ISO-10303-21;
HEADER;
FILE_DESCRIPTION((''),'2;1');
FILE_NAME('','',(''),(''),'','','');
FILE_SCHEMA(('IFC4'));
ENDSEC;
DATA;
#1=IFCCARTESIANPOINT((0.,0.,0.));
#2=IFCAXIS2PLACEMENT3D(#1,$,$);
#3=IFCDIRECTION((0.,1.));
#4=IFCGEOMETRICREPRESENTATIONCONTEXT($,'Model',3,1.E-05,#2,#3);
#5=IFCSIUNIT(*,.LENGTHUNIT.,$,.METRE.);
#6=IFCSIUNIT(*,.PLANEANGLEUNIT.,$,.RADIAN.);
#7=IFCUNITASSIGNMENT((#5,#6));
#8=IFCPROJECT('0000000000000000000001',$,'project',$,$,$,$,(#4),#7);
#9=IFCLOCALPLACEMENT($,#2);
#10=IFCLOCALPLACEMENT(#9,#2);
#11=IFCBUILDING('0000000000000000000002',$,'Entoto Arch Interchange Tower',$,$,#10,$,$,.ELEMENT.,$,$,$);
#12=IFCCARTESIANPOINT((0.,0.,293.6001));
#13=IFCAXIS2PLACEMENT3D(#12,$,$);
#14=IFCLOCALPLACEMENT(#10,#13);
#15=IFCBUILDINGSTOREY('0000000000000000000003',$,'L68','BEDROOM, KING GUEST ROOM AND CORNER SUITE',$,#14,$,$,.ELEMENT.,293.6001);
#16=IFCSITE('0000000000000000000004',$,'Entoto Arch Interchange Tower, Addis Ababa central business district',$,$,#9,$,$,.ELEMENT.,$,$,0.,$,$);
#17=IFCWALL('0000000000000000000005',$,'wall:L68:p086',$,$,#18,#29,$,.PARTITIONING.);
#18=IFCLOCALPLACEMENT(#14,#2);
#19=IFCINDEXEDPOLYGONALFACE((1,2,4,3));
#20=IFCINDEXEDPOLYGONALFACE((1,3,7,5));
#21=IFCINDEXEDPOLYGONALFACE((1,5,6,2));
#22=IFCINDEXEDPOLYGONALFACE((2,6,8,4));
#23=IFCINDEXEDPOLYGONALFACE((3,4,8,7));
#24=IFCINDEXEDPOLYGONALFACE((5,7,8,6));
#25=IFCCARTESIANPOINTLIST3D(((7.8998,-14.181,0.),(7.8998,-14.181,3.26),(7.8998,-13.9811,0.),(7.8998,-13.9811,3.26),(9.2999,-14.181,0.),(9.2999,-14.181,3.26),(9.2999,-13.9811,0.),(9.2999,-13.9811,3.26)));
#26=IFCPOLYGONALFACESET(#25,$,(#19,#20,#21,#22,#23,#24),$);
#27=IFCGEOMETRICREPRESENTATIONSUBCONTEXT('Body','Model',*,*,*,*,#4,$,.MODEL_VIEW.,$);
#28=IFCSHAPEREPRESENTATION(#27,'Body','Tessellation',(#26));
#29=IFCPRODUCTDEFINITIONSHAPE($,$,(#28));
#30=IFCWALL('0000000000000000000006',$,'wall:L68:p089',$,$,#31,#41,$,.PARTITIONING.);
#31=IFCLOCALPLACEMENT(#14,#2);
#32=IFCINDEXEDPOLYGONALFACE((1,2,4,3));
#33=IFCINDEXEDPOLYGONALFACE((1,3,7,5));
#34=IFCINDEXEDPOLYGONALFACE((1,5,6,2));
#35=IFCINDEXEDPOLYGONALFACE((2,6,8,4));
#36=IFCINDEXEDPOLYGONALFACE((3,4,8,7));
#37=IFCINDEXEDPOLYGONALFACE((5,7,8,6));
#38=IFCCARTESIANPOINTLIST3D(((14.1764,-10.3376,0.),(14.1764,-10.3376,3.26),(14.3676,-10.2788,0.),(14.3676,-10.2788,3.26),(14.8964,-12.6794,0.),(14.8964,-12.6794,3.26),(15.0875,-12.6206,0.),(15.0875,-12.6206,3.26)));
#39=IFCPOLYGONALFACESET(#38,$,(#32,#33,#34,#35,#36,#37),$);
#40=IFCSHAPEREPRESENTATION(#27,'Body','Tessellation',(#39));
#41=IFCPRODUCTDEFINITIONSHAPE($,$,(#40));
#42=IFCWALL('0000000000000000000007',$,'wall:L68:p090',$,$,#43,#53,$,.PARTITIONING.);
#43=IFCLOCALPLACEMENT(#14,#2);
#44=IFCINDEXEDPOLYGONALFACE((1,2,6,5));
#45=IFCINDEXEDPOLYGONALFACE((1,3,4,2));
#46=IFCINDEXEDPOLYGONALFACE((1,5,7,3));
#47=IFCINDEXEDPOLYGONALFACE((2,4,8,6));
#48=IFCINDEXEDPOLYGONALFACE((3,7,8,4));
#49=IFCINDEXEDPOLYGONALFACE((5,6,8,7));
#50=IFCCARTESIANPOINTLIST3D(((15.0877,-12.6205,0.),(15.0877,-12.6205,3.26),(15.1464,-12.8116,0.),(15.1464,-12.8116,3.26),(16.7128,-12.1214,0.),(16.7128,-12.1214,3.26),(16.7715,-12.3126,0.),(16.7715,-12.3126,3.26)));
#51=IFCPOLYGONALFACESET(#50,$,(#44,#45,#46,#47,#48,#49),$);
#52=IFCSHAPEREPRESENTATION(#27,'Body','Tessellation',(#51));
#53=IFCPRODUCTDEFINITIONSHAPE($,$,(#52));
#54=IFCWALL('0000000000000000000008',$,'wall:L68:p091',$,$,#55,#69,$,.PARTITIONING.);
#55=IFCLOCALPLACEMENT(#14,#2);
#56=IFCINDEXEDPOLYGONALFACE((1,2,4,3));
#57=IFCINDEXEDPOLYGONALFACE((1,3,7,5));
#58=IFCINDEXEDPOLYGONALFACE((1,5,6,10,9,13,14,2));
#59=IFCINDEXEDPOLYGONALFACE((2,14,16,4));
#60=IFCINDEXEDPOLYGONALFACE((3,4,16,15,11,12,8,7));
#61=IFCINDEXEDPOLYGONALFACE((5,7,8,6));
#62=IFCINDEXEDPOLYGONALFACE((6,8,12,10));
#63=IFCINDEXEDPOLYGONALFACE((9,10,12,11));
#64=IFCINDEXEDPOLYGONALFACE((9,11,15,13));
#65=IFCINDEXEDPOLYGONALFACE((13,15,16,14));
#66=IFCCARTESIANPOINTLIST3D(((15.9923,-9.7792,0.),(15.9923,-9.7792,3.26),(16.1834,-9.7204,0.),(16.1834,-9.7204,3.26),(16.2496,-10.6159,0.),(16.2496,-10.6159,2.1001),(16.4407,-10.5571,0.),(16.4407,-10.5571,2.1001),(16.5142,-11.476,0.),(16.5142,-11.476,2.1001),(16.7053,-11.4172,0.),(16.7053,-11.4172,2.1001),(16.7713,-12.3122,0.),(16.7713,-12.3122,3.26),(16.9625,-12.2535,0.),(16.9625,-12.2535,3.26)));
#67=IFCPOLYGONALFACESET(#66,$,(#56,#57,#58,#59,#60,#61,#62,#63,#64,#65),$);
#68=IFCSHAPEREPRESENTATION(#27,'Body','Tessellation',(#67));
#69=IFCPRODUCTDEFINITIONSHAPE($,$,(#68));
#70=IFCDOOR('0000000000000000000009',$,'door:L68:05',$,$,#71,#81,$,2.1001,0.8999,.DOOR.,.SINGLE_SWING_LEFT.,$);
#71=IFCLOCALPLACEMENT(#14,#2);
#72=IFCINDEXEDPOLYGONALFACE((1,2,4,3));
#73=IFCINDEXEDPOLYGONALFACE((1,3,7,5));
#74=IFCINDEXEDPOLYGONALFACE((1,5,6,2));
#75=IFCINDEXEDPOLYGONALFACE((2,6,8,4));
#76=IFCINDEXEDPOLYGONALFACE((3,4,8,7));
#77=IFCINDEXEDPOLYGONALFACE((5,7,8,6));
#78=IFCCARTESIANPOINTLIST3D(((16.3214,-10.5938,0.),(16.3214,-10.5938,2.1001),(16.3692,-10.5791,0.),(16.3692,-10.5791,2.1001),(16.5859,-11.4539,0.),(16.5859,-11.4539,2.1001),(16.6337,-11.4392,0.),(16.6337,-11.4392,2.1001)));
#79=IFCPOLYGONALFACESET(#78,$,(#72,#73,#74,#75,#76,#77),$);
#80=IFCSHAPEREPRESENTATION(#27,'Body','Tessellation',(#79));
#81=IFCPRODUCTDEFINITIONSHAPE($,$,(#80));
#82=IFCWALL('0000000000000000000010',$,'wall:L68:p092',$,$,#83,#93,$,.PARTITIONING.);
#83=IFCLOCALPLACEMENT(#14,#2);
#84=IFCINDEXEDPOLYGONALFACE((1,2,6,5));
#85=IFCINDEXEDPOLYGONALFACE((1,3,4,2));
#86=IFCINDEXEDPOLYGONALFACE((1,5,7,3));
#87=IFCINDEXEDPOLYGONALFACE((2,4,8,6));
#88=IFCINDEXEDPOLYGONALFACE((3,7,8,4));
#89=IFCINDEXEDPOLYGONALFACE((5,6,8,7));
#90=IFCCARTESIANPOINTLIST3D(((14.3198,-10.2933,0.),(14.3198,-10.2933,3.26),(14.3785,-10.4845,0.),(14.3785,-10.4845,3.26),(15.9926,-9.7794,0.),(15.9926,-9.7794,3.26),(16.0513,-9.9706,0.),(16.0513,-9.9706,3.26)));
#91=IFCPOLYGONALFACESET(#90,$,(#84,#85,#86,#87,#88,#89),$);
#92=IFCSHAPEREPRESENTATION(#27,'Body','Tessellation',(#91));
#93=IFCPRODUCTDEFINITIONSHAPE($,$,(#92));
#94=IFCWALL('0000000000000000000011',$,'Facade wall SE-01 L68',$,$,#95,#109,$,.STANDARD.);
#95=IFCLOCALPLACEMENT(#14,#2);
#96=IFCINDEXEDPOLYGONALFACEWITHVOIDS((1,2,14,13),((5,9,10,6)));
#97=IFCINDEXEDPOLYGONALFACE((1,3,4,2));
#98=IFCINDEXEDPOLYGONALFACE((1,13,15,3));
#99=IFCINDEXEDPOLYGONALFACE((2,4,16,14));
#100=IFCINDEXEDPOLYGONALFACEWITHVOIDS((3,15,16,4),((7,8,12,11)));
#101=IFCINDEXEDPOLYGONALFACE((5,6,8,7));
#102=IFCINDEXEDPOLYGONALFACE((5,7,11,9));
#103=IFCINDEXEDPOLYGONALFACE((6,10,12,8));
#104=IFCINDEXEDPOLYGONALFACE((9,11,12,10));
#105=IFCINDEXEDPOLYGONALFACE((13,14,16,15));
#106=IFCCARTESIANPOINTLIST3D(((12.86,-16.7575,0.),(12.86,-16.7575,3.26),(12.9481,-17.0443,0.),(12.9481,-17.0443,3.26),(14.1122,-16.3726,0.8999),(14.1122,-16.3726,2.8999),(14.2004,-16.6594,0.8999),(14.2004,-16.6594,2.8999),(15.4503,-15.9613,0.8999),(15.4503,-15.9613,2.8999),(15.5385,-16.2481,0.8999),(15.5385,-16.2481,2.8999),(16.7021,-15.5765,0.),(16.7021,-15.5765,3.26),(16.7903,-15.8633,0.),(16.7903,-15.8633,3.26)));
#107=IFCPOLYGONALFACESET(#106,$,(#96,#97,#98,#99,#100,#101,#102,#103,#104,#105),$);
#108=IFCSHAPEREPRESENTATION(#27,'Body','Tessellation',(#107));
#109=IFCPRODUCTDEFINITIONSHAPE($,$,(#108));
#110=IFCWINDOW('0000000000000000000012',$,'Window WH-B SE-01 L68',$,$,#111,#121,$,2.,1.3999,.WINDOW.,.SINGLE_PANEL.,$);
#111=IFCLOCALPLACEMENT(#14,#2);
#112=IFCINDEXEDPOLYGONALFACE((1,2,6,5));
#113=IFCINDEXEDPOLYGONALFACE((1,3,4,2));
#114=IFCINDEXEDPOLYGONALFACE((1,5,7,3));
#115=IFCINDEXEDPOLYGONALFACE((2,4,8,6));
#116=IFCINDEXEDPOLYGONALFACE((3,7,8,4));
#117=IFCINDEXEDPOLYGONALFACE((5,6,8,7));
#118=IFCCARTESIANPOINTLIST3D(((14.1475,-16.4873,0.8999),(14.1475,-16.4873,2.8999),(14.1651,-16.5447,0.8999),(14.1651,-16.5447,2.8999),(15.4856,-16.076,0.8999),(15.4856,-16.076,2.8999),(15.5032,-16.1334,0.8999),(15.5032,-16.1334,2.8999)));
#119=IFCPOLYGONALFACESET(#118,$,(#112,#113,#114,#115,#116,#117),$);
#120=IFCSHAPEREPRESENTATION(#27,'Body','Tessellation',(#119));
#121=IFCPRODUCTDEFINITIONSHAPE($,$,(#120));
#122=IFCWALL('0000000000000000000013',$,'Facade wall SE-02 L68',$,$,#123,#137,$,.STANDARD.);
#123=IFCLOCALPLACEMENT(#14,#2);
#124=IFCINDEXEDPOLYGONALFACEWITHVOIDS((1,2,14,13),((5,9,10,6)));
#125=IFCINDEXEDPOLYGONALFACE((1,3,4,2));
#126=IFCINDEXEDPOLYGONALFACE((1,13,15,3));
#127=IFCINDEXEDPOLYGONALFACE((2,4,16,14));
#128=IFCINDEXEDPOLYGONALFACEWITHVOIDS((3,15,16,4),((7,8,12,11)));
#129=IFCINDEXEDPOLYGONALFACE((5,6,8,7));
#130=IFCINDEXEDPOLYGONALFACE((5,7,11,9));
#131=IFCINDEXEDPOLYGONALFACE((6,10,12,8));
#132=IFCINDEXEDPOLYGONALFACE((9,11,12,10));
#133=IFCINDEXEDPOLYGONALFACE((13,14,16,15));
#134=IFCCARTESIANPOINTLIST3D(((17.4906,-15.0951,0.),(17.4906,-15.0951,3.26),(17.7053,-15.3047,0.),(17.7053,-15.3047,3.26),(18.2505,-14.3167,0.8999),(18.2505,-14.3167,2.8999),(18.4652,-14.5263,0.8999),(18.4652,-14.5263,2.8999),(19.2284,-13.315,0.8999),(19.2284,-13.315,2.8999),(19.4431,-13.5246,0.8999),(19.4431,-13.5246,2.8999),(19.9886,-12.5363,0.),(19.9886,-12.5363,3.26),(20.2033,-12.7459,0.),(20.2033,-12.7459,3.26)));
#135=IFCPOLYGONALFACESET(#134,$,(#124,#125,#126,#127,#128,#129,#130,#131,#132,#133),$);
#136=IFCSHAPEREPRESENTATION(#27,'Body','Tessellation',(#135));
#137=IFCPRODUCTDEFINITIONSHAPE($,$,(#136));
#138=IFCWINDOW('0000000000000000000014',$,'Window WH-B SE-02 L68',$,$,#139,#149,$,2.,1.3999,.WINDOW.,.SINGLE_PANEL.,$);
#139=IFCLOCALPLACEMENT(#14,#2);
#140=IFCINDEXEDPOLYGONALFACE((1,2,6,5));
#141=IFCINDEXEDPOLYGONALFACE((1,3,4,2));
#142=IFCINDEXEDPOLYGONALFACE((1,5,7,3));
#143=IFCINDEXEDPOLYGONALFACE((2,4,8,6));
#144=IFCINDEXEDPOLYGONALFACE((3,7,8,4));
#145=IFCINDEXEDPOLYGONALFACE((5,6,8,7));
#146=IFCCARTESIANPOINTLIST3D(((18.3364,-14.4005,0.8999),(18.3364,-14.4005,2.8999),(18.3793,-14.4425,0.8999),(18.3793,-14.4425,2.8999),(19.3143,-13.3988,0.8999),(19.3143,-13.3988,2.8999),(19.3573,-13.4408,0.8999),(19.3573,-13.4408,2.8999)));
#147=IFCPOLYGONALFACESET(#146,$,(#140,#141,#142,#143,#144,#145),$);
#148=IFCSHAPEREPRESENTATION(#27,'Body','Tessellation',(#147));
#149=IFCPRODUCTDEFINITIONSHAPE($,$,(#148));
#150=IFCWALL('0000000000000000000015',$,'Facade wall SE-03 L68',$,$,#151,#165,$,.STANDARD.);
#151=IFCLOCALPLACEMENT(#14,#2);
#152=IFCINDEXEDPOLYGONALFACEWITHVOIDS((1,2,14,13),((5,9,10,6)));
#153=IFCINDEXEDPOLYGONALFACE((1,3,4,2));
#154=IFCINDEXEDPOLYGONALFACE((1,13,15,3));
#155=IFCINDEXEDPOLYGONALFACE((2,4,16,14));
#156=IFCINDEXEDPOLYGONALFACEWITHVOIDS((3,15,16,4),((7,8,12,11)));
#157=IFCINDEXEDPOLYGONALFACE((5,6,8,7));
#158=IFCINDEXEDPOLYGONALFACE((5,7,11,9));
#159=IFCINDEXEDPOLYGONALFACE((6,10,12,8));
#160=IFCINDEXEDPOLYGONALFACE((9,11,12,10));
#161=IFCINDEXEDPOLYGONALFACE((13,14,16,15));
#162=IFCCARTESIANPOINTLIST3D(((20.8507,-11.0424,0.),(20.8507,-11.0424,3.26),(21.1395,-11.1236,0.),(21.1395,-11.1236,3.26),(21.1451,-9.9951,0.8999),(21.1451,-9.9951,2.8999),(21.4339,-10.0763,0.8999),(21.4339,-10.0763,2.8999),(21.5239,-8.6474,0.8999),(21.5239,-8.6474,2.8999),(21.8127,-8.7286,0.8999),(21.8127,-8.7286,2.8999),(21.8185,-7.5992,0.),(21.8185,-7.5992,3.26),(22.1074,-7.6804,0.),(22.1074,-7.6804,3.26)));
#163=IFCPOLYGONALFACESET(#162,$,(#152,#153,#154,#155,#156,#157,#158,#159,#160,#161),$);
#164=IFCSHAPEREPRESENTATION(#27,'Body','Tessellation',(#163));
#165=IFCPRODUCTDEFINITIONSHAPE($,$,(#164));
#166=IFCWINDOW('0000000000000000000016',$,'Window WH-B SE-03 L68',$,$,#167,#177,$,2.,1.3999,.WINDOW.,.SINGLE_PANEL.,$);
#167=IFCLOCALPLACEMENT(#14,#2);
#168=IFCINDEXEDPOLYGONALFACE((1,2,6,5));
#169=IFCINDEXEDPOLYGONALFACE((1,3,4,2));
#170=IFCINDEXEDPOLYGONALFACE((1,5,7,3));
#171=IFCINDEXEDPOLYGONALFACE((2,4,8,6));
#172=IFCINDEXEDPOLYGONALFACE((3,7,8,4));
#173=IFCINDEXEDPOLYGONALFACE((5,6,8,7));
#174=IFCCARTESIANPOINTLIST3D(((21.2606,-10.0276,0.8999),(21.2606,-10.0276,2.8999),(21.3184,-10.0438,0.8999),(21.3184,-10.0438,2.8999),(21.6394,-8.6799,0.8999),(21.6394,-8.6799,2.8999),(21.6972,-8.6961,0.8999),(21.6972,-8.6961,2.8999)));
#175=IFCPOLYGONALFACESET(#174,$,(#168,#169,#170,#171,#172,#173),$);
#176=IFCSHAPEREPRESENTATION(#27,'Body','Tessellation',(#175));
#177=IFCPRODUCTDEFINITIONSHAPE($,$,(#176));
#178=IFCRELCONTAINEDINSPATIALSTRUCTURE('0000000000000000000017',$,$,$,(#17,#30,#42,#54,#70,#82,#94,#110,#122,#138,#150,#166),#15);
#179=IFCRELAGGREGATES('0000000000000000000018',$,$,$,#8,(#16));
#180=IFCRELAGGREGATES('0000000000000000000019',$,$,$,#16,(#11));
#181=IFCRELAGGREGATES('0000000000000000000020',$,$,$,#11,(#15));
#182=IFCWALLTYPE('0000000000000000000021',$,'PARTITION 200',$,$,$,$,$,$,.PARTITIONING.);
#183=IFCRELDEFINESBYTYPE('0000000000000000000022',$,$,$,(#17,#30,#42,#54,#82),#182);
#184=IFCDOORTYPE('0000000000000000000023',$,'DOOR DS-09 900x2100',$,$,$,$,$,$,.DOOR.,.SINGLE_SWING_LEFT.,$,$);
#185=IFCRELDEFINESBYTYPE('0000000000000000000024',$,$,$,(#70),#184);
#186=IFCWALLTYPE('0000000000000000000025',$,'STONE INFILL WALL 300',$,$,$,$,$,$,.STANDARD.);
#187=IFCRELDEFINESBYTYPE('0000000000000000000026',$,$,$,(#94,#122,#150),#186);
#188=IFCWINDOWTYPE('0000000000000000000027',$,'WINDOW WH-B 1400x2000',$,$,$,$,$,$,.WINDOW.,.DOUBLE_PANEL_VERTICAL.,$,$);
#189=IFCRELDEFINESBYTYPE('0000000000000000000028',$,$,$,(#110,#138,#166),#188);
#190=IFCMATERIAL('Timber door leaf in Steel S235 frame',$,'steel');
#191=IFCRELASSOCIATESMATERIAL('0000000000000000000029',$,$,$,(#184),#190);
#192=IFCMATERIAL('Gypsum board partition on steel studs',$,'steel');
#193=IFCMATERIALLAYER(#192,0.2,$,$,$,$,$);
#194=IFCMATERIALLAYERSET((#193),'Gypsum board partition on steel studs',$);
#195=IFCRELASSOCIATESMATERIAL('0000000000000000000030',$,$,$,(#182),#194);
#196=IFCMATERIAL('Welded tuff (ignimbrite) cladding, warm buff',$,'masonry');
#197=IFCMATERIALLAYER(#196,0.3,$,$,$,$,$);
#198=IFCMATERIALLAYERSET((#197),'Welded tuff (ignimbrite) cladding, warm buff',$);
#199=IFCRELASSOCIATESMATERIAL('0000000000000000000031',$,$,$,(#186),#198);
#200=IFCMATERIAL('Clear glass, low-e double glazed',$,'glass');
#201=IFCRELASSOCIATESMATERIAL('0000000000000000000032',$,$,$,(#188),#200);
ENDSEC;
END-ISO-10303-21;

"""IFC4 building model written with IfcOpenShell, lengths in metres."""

from ifc_helpers import new_model, si_unit, direction, frame, frame_2d, origin, place, context, subcontext, project, spatial, rectangle, extrude, material, layer, layer_set, type_object, element, fill, save


model = new_model("IFC4")

# Units and contexts
model_context = context("Model", 3, precision=1e-05, world=origin(), true_north=direction((0.0, 1.0)))
body_context = subcontext(model_context, "Body", "Model", "MODEL_VIEW")
ifc_project = project(units=[si_unit("LENGTHUNIT", "METRE"), si_unit("PLANEANGLEUNIT", "RADIAN")], contexts=[model_context])

# Site, building, storey
site_placement = place(None, origin())
site = spatial("IfcSite", under=ifc_project, at=site_placement, Name="Entoto Arch Interchange Tower, Addis Ababa central business district", CompositionType="ELEMENT", RefElevation=0.0)
building_placement = place(site_placement, origin())
building = spatial("IfcBuilding", under=site, at=building_placement, Name="Entoto Arch Interchange Tower", CompositionType="ELEMENT")
storey_placement = place(building_placement, frame((0.0, 0.0, 293.6001)))
storey = spatial("IfcBuildingStorey", under=building, at=storey_placement, Name="L68", Description="BEDROOM, KING GUEST ROOM AND CORNER SUITE", CompositionType="ELEMENT", Elevation=293.6001)

# Shared definitions
ifc_material_1 = material(Name="Gypsum board partition on steel studs", Category="steel")
ifc_material_2 = material(Name="Timber door leaf in Steel S235 frame", Category="steel")
door_type_1 = type_object("IfcDoorType", Name="DOOR DS-09 900x2100", OperationType="SINGLE_SWING_LEFT", PredefinedType="DOOR", material=ifc_material_2)

# Shared definitions
ifc_layer_1 = layer(ifc_material_1, 0.2)
ifc_layer_set_1 = layer_set([ifc_layer_1], Name="Gypsum board partition on steel studs")
wall_type_1 = type_object("IfcWallType", Name="PARTITION 200", PredefinedType="PARTITIONING", material=ifc_layer_set_1)

# Walls
wall_1_placement = place(storey_placement, frame((9.3, -14.0811, 0.0), z_axis=(0.0, 0.0, 1.0), x_axis=(-1.0, 0.0, 0.0)))
element("IfcWall", 1, at=wall_1_placement, inside=storey, type_object=wall_type_1, Name="wall:L68:p086", PredefinedType="PARTITIONING", context=body_context, shape_type="SweptSolid", body=[
    extrude(rectangle(XDim=1.4001, YDim=0.2, at=frame_2d((0.7002, 0.0))), origin(), (0.0, 0.0, 1.0), 3.26),
])
wall_2_placement = place(storey_placement, frame((14.272, -10.3081, 0.0), z_axis=(0.0, 0.0, 1.0), x_axis=(0.293869, -0.955846, 0.0)))
element("IfcWall", 2, at=wall_2_placement, inside=storey, type_object=wall_type_1, Name="wall:L68:p089", PredefinedType="PARTITIONING", context=body_context, shape_type="SweptSolid", body=[
    extrude(rectangle(XDim=2.45, YDim=0.2, at=frame_2d((1.2251, 0.0))), origin(), (0.0, 0.0, 1.0), 3.26),
])
wall_3_placement = place(storey_placement, frame((15.1169, -12.7161, 0.0), z_axis=(0.0, 0.0, 1.0), x_axis=(0.95594, 0.293561, 0.0)))
element("IfcWall", 3, at=wall_3_placement, inside=storey, type_object=wall_type_1, Name="wall:L68:p090", PredefinedType="PARTITIONING", context=body_context, shape_type="SweptSolid", body=[
    extrude(rectangle(XDim=1.7, YDim=0.2, at=frame_2d((0.8501, 0.0))), origin(), (0.0, 0.0, 1.0), 3.26),
])

# Wall, opening, door
wall_4_placement = place(storey_placement, frame((16.8669, -12.283, 0.0), z_axis=(0.0, 0.0, 1.0), x_axis=(-0.293976, 0.955813, 0.0)))
wall_4 = element("IfcWall", 4, at=wall_4_placement, inside=storey, type_object=wall_type_1, Name="wall:L68:p091", PredefinedType="PARTITIONING", context=body_context, shape_type="SweptSolid", body=[
    extrude(rectangle(XDim=2.6501, YDim=0.2, at=frame_2d((1.3252, 0.0))), origin(), (0.0, 0.0, 1.0), 3.26),
])
opening_1_placement = place(wall_4_placement, frame((0.875, 0.0, 0.0)))
opening_1 = element("IfcOpeningElement", 5, at=opening_1_placement, cuts=wall_4, PredefinedType="OPENING", context=body_context, shape_type="SweptSolid", body=[
    extrude(rectangle(XDim=0.8999, YDim=2.1001, at=frame_2d((0.45, 1.05))), frame((0.0, 0.1099, 0.0), z_axis=(0.0, -1.0, 0.0), x_axis=(1.0, 0.0, 0.0)), (0.0, 0.0, 1.0), 0.22),
])
door_1_placement = place(opening_1_placement, origin())
door_1 = element("IfcDoor", 6, at=door_1_placement, inside=storey, type_object=door_type_1, Name="door:L68:05", OperationType="SINGLE_SWING_LEFT", OverallHeight=2.1001, OverallWidth=0.8999, PredefinedType="DOOR", context=body_context, shape_type="SweptSolid", body=[
    extrude(rectangle(XDim=0.8999, YDim=2.1001, at=frame_2d((0.45, 1.05))), frame((0.0, 0.0249, 0.0), z_axis=(0.0, -1.0, 0.0), x_axis=(1.0, 0.0, 0.0)), (0.0, 0.0, 1.0), 0.05),
])
fill(opening_1, door_1)

# Wall
wall_5_placement = place(storey_placement, frame((16.022, -9.875, 0.0), z_axis=(0.0, 0.0, 1.0), x_axis=(-0.955909, -0.293664, 0.0)))
element("IfcWall", 7, at=wall_5_placement, inside=storey, type_object=wall_type_1, Name="wall:L68:p092", PredefinedType="PARTITIONING", context=body_context, shape_type="SweptSolid", body=[
    extrude(rectangle(XDim=1.75, YDim=0.2, at=frame_2d((0.875, 0.0))), origin(), (0.0, 0.0, 1.0), 3.26),
])

# Walls, openings, windows
ifc_material_3 = material(Name="Welded tuff (ignimbrite) cladding, warm buff", Category="masonry")
ifc_layer_2 = layer(ifc_material_3, 0.3)
ifc_layer_set_2 = layer_set([ifc_layer_2], Name="Welded tuff (ignimbrite) cladding, warm buff")
wall_type_2 = type_object("IfcWallType", Name="STONE INFILL WALL 300", PredefinedType="STANDARD", material=ifc_layer_set_2)
wall_6_placement = place(storey_placement, frame((12.9041, -16.9009, 0.0), z_axis=(0.0, 0.0, 1.0), x_axis=(0.955867, 0.2938, 0.0)))
wall_6 = element("IfcWall", 8, at=wall_6_placement, inside=storey, type_object=wall_type_2, Name="Facade wall SE-01 L68", PredefinedType="STANDARD", context=body_context, shape_type="SweptSolid", body=[
    extrude(rectangle(XDim=4.0195, YDim=0.3, at=frame_2d((2.0098, 0.0))), origin(), (0.0, 0.0, 1.0), 3.26),
])
opening_2_placement = place(wall_6_placement, frame((1.3101, 0.0, 0.8999)))
opening_2 = element("IfcOpeningElement", 9, at=opening_2_placement, cuts=wall_6, PredefinedType="OPENING", context=body_context, shape_type="SweptSolid", body=[
    extrude(rectangle(XDim=1.3999, YDim=2.0, at=frame_2d((0.7, 1.0))), frame((0.0, 0.1602, 0.0), z_axis=(0.0, -1.0, 0.0), x_axis=(1.0, 0.0, 0.0)), (0.0, 0.0, 1.0), 0.3201),
])
ifc_material_4 = material(Name="Clear glass, low-e double glazed", Category="glass")
window_type = type_object("IfcWindowType", Name="WINDOW WH-B 1400x2000", PartitioningType="DOUBLE_PANEL_VERTICAL", PredefinedType="WINDOW", material=ifc_material_4)
window_1_placement = place(opening_2_placement, origin())
window_1 = element("IfcWindow", 10, at=window_1_placement, inside=storey, type_object=window_type, Name="Window WH-B SE-01 L68", OverallHeight=2.0, OverallWidth=1.3999, PartitioningType="SINGLE_PANEL", PredefinedType="WINDOW", context=body_context, shape_type="SweptSolid", body=[
    extrude(rectangle(XDim=1.3999, YDim=2.0, at=frame_2d((0.7, 1.0))), frame((0.0, 0.03, 0.0), z_axis=(0.0, -1.0, 0.0), x_axis=(1.0, 0.0, 0.0)), (0.0, 0.0, 1.0), 0.0601),
])
fill(opening_2, window_1)
wall_7_placement = place(storey_placement, frame((17.5979, -15.2, 0.0), z_axis=(0.0, 0.0, 1.0), x_axis=(0.698556, 0.715556, 0.0)))
wall_7 = element("IfcWall", 11, at=wall_7_placement, inside=storey, type_object=wall_type_2, Name="Facade wall SE-02 L68", PredefinedType="STANDARD", context=body_context, shape_type="SweptSolid", body=[
    extrude(rectangle(XDim=3.5759, YDim=0.3, at=frame_2d((1.7881, 0.0))), origin(), (0.0, 0.0, 1.0), 3.26),
])
opening_3_placement = place(wall_7_placement, frame((1.0879, 0.0, 0.8999)))
opening_3 = element("IfcOpeningElement", 12, at=opening_3_placement, cuts=wall_7, PredefinedType="OPENING", context=body_context, shape_type="SweptSolid", body=[
    extrude(rectangle(XDim=1.3999, YDim=2.0, at=frame_2d((0.7, 1.0))), frame((0.0, 0.1602, 0.0), z_axis=(0.0, -1.0, 0.0), x_axis=(1.0, 0.0, 0.0)), (0.0, 0.0, 1.0), 0.3201),
])
window_2_placement = place(opening_3_placement, origin())
window_2 = element("IfcWindow", 13, at=window_2_placement, inside=storey, type_object=window_type, Name="Window WH-B SE-02 L68", OverallHeight=2.0, OverallWidth=1.3999, PartitioningType="SINGLE_PANEL", PredefinedType="WINDOW", context=body_context, shape_type="SweptSolid", body=[
    extrude(rectangle(XDim=1.3999, YDim=2.0, at=frame_2d((0.7, 1.0))), frame((0.0, 0.03, 0.0), z_axis=(0.0, -1.0, 0.0), x_axis=(1.0, 0.0, 0.0)), (0.0, 0.0, 1.0), 0.0601),
])
fill(opening_3, window_2)
wall_8_placement = place(storey_placement, frame((20.9951, -11.083, 0.0), z_axis=(0.0, 0.0, 1.0), x_axis=(0.270589, 0.962695, 0.0)))
wall_8 = element("IfcWall", 14, at=wall_8_placement, inside=storey, type_object=wall_type_2, Name="Facade wall SE-03 L68", PredefinedType="STANDARD", context=body_context, shape_type="SweptSolid", body=[
    extrude(rectangle(XDim=3.5767, YDim=0.3, at=frame_2d((1.7883, 0.0))), origin(), (0.0, 0.0, 1.0), 3.26),
])
opening_4_placement = place(wall_8_placement, frame((1.0879, 0.0, 0.8999)))
opening_4 = element("IfcOpeningElement", 15, at=opening_4_placement, cuts=wall_8, PredefinedType="OPENING", context=body_context, shape_type="SweptSolid", body=[
    extrude(rectangle(XDim=1.3999, YDim=2.0, at=frame_2d((0.7, 1.0))), frame((0.0, 0.1602, 0.0), z_axis=(0.0, -1.0, 0.0), x_axis=(1.0, 0.0, 0.0)), (0.0, 0.0, 1.0), 0.3201),
])
window_3_placement = place(opening_4_placement, origin())
window_3 = element("IfcWindow", 16, at=window_3_placement, inside=storey, type_object=window_type, Name="Window WH-B SE-03 L68", OverallHeight=2.0, OverallWidth=1.3999, PartitioningType="SINGLE_PANEL", PredefinedType="WINDOW", context=body_context, shape_type="SweptSolid", body=[
    extrude(rectangle(XDim=1.3999, YDim=2.0, at=frame_2d((0.7, 1.0))), frame((0.0, 0.03, 0.0), z_axis=(0.0, -1.0, 0.0), x_axis=(1.0, 0.0, 0.0)), (0.0, 0.0, 1.0), 0.0601),
])
fill(opening_4, window_3)

save(model, "model.ifc")
